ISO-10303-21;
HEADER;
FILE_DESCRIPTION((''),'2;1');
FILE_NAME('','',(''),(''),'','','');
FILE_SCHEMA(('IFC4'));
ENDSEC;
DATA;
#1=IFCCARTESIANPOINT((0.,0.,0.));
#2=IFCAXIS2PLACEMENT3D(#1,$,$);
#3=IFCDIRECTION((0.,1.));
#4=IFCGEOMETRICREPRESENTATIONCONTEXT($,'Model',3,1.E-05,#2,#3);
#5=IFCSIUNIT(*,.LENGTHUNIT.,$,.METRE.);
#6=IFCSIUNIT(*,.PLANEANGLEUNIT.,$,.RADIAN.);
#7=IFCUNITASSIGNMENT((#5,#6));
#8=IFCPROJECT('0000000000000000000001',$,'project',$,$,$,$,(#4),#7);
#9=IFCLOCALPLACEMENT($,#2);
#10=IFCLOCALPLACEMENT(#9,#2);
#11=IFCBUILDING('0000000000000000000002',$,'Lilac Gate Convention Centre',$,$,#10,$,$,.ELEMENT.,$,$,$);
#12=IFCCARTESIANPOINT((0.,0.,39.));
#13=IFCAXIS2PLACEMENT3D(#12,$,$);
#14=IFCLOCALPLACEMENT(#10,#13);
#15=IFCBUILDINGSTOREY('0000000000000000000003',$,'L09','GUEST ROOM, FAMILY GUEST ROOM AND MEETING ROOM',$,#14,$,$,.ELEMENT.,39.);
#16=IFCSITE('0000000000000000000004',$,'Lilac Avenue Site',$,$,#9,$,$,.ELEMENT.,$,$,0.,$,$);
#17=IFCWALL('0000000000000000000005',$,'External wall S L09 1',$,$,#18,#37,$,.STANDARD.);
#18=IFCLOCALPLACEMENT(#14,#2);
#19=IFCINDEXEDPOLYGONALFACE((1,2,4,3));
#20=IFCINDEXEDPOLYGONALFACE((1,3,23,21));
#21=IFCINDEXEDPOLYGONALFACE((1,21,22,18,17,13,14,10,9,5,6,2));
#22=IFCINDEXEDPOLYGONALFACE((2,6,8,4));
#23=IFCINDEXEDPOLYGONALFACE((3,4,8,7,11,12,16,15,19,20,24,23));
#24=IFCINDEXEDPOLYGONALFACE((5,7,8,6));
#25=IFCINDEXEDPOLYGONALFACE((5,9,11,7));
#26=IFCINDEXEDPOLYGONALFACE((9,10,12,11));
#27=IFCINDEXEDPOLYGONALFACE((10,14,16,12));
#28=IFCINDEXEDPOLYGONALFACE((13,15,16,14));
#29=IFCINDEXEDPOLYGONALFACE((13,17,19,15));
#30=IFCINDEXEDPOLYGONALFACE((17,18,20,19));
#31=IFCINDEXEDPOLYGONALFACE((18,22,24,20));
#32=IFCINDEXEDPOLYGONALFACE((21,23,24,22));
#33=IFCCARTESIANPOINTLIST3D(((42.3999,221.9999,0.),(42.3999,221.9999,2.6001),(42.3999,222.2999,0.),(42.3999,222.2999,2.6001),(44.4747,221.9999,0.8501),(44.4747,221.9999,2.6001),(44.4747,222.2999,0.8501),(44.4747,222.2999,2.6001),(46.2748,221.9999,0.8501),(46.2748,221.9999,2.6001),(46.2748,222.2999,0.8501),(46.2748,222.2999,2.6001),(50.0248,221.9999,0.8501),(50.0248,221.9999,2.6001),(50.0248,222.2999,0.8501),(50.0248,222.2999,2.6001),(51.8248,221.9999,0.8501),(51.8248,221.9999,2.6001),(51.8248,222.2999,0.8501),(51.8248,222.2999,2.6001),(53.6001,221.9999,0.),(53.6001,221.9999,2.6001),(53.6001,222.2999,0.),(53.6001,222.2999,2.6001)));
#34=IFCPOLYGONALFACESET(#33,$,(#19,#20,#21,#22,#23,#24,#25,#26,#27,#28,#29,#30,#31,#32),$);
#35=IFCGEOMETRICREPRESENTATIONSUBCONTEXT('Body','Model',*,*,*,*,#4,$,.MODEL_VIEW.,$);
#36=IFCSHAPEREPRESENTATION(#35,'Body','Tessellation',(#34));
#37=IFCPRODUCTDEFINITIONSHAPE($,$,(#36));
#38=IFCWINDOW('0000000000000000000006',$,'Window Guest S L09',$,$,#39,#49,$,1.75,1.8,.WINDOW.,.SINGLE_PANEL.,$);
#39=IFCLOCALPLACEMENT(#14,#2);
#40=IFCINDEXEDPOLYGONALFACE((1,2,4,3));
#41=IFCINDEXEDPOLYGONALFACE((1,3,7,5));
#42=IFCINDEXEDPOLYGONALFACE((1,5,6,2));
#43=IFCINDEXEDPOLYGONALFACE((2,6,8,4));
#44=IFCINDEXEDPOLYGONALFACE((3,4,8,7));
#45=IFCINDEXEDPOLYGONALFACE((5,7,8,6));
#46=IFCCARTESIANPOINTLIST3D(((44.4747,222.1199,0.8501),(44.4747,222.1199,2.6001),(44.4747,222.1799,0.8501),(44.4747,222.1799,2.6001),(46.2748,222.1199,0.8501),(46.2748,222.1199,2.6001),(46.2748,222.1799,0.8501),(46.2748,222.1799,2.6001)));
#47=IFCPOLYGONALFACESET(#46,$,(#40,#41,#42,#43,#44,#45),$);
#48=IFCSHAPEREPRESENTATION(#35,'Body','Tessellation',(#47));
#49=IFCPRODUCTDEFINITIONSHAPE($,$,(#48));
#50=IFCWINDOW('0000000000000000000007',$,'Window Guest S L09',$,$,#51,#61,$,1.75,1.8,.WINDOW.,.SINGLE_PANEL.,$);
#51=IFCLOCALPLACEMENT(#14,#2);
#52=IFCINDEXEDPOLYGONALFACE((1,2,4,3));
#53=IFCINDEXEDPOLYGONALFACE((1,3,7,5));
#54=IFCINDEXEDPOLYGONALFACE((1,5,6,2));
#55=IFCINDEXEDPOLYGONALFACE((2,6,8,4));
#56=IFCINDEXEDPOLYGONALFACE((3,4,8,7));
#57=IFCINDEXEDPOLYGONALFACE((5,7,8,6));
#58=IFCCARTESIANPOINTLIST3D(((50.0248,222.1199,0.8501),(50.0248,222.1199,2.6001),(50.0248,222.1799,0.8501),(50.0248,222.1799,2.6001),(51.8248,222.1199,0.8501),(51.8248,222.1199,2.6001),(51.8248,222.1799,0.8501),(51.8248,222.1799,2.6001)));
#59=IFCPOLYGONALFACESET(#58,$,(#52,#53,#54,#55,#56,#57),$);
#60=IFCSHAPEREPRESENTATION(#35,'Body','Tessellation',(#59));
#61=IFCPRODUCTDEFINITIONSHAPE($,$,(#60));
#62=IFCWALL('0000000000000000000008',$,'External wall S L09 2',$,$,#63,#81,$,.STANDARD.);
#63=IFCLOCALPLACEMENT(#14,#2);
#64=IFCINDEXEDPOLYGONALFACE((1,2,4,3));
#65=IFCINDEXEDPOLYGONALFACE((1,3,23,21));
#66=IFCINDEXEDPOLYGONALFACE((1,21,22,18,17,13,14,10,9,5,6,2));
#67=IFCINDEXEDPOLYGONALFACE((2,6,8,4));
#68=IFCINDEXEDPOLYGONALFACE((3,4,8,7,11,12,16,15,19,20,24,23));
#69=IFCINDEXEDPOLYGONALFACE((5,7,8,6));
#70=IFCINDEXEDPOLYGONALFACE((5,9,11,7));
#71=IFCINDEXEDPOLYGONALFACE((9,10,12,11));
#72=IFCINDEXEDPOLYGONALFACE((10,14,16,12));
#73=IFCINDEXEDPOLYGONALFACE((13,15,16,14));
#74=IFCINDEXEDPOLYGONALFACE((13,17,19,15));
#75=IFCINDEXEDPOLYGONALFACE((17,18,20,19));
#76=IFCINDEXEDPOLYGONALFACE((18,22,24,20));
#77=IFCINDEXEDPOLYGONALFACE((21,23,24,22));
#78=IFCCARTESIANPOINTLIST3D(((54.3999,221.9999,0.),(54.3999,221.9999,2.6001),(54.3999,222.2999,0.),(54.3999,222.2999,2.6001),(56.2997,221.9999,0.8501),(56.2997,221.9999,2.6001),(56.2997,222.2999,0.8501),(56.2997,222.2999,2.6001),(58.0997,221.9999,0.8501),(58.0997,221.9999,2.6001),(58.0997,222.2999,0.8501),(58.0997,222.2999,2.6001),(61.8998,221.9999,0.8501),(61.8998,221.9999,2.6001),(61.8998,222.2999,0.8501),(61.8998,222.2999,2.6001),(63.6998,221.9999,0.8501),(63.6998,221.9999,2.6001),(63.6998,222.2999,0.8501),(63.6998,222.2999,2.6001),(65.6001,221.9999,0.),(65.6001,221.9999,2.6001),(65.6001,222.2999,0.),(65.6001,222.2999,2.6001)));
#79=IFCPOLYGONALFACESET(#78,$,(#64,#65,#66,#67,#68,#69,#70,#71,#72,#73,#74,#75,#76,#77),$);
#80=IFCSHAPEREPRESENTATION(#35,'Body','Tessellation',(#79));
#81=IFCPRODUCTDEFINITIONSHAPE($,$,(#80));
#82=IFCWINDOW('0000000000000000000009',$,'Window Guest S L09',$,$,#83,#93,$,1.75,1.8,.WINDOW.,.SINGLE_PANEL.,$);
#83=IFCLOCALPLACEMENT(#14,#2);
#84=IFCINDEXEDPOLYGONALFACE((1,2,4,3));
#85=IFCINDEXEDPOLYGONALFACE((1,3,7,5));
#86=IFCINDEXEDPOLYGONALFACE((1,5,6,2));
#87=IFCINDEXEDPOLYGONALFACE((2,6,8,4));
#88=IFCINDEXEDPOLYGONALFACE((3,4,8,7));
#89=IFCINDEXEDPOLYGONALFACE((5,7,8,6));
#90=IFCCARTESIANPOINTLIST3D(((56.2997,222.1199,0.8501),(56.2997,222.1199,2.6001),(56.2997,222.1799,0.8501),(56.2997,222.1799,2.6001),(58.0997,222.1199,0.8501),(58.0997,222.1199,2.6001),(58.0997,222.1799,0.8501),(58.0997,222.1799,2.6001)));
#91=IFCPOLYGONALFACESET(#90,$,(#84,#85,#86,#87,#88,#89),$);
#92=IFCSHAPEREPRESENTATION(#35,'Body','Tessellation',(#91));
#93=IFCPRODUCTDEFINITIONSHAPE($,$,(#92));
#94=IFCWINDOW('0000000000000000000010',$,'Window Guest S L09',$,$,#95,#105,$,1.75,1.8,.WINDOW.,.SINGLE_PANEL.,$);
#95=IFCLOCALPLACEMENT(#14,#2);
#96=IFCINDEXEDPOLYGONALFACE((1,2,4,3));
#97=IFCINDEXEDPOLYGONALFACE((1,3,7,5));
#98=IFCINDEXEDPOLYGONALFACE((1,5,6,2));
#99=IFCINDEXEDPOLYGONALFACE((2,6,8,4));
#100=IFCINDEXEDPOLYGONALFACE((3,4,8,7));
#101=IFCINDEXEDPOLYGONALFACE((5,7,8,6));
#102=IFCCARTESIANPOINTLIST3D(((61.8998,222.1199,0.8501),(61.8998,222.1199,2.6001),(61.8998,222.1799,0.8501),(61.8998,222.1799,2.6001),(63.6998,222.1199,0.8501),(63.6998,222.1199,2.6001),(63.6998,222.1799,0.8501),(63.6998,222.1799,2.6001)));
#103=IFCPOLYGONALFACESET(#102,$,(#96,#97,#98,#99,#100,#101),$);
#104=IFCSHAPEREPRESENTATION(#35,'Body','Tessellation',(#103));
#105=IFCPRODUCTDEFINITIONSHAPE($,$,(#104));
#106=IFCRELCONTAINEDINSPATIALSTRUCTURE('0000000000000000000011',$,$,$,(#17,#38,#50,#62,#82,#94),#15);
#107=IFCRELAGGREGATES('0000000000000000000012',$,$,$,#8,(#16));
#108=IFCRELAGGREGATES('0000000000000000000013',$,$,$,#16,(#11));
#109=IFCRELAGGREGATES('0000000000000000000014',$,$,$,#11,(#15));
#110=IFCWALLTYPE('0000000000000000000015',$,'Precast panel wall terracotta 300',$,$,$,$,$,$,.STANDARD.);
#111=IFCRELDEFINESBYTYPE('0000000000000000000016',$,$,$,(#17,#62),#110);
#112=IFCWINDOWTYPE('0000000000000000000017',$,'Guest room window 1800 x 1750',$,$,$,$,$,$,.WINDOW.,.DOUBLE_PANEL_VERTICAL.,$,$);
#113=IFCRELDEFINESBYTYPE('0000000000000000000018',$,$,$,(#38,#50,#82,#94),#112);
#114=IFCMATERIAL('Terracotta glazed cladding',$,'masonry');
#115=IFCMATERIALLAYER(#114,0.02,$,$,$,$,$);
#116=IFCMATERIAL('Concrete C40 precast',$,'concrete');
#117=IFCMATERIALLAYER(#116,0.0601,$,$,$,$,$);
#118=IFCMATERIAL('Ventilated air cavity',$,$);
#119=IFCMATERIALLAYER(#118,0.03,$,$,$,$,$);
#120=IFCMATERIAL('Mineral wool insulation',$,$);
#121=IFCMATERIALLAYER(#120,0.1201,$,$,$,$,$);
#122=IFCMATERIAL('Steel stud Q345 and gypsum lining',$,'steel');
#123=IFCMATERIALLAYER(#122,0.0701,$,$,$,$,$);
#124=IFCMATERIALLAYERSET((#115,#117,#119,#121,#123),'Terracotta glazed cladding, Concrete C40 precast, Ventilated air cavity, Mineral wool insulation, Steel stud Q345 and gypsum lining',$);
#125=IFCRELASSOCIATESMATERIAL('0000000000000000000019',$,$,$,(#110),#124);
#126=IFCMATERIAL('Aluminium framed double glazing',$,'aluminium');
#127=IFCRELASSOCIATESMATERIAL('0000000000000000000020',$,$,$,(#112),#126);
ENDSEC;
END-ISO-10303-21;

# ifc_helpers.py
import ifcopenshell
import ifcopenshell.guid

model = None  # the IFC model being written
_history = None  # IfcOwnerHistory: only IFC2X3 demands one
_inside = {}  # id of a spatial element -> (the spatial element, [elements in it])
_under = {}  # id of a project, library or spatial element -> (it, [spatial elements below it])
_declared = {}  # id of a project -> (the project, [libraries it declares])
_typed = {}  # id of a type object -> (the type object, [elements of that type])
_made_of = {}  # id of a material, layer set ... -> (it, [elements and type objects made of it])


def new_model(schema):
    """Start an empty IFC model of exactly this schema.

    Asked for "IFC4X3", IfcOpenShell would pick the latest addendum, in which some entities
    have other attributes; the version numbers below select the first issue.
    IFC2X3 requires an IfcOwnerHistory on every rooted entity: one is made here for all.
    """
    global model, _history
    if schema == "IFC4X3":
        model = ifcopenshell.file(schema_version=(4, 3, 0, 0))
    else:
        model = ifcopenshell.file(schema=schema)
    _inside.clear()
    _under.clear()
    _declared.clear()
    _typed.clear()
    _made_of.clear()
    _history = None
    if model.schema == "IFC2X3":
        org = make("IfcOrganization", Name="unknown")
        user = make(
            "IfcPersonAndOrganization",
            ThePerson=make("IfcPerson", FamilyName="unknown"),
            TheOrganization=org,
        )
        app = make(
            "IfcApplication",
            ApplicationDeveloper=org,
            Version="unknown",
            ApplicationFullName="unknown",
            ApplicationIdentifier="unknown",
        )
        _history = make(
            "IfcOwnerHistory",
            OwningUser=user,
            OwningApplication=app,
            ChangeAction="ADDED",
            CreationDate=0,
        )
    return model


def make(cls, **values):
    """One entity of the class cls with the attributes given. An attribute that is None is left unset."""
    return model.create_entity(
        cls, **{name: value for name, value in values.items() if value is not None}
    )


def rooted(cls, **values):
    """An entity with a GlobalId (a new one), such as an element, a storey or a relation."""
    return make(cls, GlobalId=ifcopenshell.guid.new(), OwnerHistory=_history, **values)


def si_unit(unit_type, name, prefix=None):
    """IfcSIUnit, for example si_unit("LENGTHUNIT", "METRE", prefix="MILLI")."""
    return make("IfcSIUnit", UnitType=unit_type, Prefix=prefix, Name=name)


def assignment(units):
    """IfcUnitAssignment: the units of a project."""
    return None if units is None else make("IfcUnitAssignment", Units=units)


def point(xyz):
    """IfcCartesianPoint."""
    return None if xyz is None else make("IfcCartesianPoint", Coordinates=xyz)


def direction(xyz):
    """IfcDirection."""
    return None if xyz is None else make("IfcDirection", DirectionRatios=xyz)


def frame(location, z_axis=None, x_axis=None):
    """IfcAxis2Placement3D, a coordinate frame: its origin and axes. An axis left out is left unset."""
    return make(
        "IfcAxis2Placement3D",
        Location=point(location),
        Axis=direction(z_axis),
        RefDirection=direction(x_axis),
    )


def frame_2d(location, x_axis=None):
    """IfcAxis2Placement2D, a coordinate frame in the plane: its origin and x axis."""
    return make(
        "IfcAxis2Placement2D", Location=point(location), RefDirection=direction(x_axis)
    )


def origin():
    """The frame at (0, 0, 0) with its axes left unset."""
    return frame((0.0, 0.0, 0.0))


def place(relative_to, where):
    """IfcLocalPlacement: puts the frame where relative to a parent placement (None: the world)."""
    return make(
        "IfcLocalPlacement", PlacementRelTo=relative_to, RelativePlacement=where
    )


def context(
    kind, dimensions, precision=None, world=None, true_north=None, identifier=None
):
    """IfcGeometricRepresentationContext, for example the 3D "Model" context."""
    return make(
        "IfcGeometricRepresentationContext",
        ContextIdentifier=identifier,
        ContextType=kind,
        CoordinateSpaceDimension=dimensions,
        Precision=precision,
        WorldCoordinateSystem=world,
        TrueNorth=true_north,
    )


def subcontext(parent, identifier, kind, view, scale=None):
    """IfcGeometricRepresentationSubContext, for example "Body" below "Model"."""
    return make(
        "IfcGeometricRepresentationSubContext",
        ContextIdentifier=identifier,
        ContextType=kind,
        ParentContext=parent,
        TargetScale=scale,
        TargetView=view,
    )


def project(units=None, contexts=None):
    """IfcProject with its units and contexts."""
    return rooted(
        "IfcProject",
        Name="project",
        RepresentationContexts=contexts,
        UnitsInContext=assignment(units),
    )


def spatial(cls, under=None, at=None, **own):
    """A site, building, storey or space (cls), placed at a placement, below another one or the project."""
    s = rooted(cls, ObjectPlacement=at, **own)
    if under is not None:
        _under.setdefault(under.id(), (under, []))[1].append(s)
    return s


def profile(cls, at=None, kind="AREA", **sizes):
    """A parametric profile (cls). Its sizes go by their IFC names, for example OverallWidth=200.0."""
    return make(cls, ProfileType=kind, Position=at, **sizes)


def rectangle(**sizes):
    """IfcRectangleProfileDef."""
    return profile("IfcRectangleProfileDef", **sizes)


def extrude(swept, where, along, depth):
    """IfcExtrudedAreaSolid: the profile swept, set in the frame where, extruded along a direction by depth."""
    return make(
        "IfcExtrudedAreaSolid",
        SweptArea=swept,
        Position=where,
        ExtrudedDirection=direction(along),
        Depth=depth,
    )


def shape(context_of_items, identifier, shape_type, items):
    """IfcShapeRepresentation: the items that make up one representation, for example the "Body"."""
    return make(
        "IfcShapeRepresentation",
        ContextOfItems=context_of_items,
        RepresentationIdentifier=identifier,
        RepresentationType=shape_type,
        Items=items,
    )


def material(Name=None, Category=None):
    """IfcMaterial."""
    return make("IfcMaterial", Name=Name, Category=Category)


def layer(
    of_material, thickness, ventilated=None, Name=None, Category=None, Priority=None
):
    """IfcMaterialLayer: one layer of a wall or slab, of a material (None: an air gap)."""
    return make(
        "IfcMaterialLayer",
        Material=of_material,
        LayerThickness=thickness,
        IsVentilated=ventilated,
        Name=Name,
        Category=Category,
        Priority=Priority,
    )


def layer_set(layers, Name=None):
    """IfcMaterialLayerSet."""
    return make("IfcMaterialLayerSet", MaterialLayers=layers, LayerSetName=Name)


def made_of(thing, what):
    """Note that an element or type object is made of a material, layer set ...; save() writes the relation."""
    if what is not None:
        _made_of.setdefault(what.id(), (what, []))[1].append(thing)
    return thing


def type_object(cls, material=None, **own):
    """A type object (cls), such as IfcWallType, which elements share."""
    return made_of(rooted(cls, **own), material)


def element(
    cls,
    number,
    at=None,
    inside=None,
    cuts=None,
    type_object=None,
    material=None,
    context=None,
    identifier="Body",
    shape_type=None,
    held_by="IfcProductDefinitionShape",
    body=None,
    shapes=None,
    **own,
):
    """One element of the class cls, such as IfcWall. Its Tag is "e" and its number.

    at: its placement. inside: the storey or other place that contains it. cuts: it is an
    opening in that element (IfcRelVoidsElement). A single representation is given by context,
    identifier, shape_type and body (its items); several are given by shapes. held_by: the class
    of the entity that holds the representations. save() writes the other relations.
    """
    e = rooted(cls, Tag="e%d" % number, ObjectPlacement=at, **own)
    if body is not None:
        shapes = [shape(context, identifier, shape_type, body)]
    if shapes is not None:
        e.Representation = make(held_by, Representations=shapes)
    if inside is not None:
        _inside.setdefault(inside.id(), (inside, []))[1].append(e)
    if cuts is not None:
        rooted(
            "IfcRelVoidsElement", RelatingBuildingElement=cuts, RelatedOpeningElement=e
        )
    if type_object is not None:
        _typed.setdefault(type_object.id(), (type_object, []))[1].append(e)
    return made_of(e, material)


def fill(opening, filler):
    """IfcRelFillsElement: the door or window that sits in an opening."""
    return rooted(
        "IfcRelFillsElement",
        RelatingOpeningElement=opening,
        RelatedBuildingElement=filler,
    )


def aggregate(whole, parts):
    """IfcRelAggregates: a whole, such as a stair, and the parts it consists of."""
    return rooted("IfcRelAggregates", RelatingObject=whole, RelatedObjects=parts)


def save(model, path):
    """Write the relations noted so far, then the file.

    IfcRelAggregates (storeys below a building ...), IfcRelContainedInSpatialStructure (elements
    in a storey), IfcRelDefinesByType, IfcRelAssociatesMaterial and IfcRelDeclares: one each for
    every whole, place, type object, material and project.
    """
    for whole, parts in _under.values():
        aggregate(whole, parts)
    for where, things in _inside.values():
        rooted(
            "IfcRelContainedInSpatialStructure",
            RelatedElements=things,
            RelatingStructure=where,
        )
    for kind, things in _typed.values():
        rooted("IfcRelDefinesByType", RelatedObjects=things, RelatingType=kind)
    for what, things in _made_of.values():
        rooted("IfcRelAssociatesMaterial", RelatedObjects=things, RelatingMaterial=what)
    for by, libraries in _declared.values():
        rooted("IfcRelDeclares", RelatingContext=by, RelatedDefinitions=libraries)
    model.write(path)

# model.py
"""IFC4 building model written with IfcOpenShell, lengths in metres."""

from ifc_helpers import new_model, si_unit, direction, frame, frame_2d, origin, place, context, subcontext, project, spatial, rectangle, extrude, material, layer, layer_set, type_object, element, fill, save


model = new_model("IFC4")

# Units and contexts
model_context = context("Model", 3, precision=1e-05, world=origin(), true_north=direction((0.0, 1.0)))
body_context = subcontext(model_context, "Body", "Model", "MODEL_VIEW")
ifc_project = project(units=[si_unit("LENGTHUNIT", "METRE"), si_unit("PLANEANGLEUNIT", "RADIAN")], contexts=[model_context])

# Site, building, storey
site_placement = place(None, origin())
site = spatial("IfcSite", under=ifc_project, at=site_placement, Name="Lilac Avenue Site", CompositionType="ELEMENT", RefElevation=0.0)
building_placement = place(site_placement, origin())
building = spatial("IfcBuilding", under=site, at=building_placement, Name="Lilac Gate Convention Centre", CompositionType="ELEMENT")
storey_placement = place(building_placement, frame((0.0, 0.0, 39.0)))
storey = spatial("IfcBuildingStorey", under=building, at=storey_placement, Name="L09", Description="GUEST ROOM, FAMILY GUEST ROOM AND MEETING ROOM", CompositionType="ELEMENT", Elevation=39.0)

# Shared definitions
ifc_material_1 = material(Name="Concrete C40 precast", Category="concrete")
ifc_material_2 = material(Name="Terracotta glazed cladding", Category="masonry")

# Walls, openings, windows
ifc_layer_1 = layer(ifc_material_2, 0.02)
ifc_layer_2 = layer(ifc_material_1, 0.0601)
ifc_material_3 = material(Name="Ventilated air cavity")
ifc_layer_3 = layer(ifc_material_3, 0.03)
ifc_material_4 = material(Name="Mineral wool insulation")
ifc_layer_4 = layer(ifc_material_4, 0.1201)
ifc_material_5 = material(Name="Steel stud Q345 and gypsum lining", Category="steel")
ifc_layer_5 = layer(ifc_material_5, 0.0701)
ifc_layer_set_1 = layer_set([ifc_layer_1, ifc_layer_2, ifc_layer_3, ifc_layer_4, ifc_layer_5], Name="Terracotta glazed cladding, Concrete C40 precast, Ventilated air cavity, Mineral wool insulation, Steel stud Q345 and gypsum lining")
wall_type_1 = type_object("IfcWallType", Name="Precast panel wall terracotta 300", PredefinedType="STANDARD", material=ifc_layer_set_1)
wall_1_placement = place(storey_placement, frame((42.3999, 222.1499, 0.0), z_axis=(0.0, 0.0, 1.0), x_axis=(1.0, 0.0, 0.0)))
wall_1 = element("IfcWall", 1, at=wall_1_placement, inside=storey, type_object=wall_type_1, Name="External wall S L09 1", PredefinedType="STANDARD", context=body_context, shape_type="SweptSolid", body=[
    extrude(rectangle(XDim=11.2002, YDim=0.3, at=frame_2d((5.6001, 0.0))), origin(), (0.0, 0.0, 1.0), 2.6001),
])
opening_1_placement = place(wall_1_placement, frame((2.075, 0.0, 0.8501)))
opening_1 = element("IfcOpeningElement", 2, at=opening_1_placement, cuts=wall_1, PredefinedType="OPENING", context=body_context, shape_type="SweptSolid", body=[
    extrude(rectangle(XDim=1.8, YDim=1.75, at=frame_2d((0.8999, 0.875))), frame((0.0, 0.1599, 0.0), z_axis=(0.0, -1.0, 0.0), x_axis=(1.0, 0.0, 0.0)), (0.0, 0.0, 1.0), 0.3201),
])
opening_2_placement = place(wall_1_placement, frame((7.625, 0.0, 0.8501)))
opening_2 = element("IfcOpeningElement", 3, at=opening_2_placement, cuts=wall_1, PredefinedType="OPENING", context=body_context, shape_type="SweptSolid", body=[
    extrude(rectangle(XDim=1.8, YDim=1.75, at=frame_2d((0.8999, 0.875))), frame((0.0, 0.1599, 0.0), z_axis=(0.0, -1.0, 0.0), x_axis=(1.0, 0.0, 0.0)), (0.0, 0.0, 1.0), 0.3201),
])
ifc_material_6 = material(Name="Aluminium framed double glazing", Category="aluminium")
window_type = type_object("IfcWindowType", Name="Guest room window 1800 x 1750", PartitioningType="DOUBLE_PANEL_VERTICAL", PredefinedType="WINDOW", material=ifc_material_6)
window_1_placement = place(opening_1_placement, origin())
window_1 = element("IfcWindow", 4, at=window_1_placement, inside=storey, type_object=window_type, Name="Window Guest S L09", OverallHeight=1.75, OverallWidth=1.8, PartitioningType="SINGLE_PANEL", PredefinedType="WINDOW", context=body_context, shape_type="SweptSolid", body=[
    extrude(rectangle(XDim=1.8, YDim=1.75, at=frame_2d((0.8999, 0.875))), frame((0.0, 0.03, 0.0), z_axis=(0.0, -1.0, 0.0), x_axis=(1.0, 0.0, 0.0)), (0.0, 0.0, 1.0), 0.0601),
])
fill(opening_1, window_1)
window_2_placement = place(opening_2_placement, origin())
window_2 = element("IfcWindow", 5, at=window_2_placement, inside=storey, type_object=window_type, Name="Window Guest S L09", OverallHeight=1.75, OverallWidth=1.8, PartitioningType="SINGLE_PANEL", PredefinedType="WINDOW", context=body_context, shape_type="SweptSolid", body=[
    extrude(rectangle(XDim=1.8, YDim=1.75, at=frame_2d((0.8999, 0.875))), frame((0.0, 0.03, 0.0), z_axis=(0.0, -1.0, 0.0), x_axis=(1.0, 0.0, 0.0)), (0.0, 0.0, 1.0), 0.0601),
])
fill(opening_2, window_2)
wall_2_placement = place(storey_placement, frame((54.3999, 222.1499, 0.0), z_axis=(0.0, 0.0, 1.0), x_axis=(1.0, 0.0, 0.0)))
wall_2 = element("IfcWall", 6, at=wall_2_placement, inside=storey, type_object=wall_type_1, Name="External wall S L09 2", PredefinedType="STANDARD", context=body_context, shape_type="SweptSolid", body=[
    extrude(rectangle(XDim=11.2002, YDim=0.3, at=frame_2d((5.6001, 0.0))), origin(), (0.0, 0.0, 1.0), 2.6001),
])
opening_3_placement = place(wall_2_placement, frame((1.8999, 0.0, 0.8501)))
opening_3 = element("IfcOpeningElement", 7, at=opening_3_placement, cuts=wall_2, PredefinedType="OPENING", context=body_context, shape_type="SweptSolid", body=[
    extrude(rectangle(XDim=1.8, YDim=1.75, at=frame_2d((0.8999, 0.875))), frame((0.0, 0.1599, 0.0), z_axis=(0.0, -1.0, 0.0), x_axis=(1.0, 0.0, 0.0)), (0.0, 0.0, 1.0), 0.3201),
])
opening_4_placement = place(wall_2_placement, frame((7.5, 0.0, 0.8501)))
opening_4 = element("IfcOpeningElement", 8, at=opening_4_placement, cuts=wall_2, PredefinedType="OPENING", context=body_context, shape_type="SweptSolid", body=[
    extrude(rectangle(XDim=1.8, YDim=1.75, at=frame_2d((0.8999, 0.875))), frame((0.0, 0.1599, 0.0), z_axis=(0.0, -1.0, 0.0), x_axis=(1.0, 0.0, 0.0)), (0.0, 0.0, 1.0), 0.3201),
])
window_3_placement = place(opening_3_placement, origin())
window_3 = element("IfcWindow", 9, at=window_3_placement, inside=storey, type_object=window_type, Name="Window Guest S L09", OverallHeight=1.75, OverallWidth=1.8, PartitioningType="SINGLE_PANEL", PredefinedType="WINDOW", context=body_context, shape_type="SweptSolid", body=[
    extrude(rectangle(XDim=1.8, YDim=1.75, at=frame_2d((0.8999, 0.875))), frame((0.0, 0.03, 0.0), z_axis=(0.0, -1.0, 0.0), x_axis=(1.0, 0.0, 0.0)), (0.0, 0.0, 1.0), 0.0601),
])
fill(opening_3, window_3)
window_4_placement = place(opening_4_placement, origin())
window_4 = element("IfcWindow", 10, at=window_4_placement, inside=storey, type_object=window_type, Name="Window Guest S L09", OverallHeight=1.75, OverallWidth=1.8, PartitioningType="SINGLE_PANEL", PredefinedType="WINDOW", context=body_context, shape_type="SweptSolid", body=[
    extrude(rectangle(XDim=1.8, YDim=1.75, at=frame_2d((0.8999, 0.875))), frame((0.0, 0.03, 0.0), z_axis=(0.0, -1.0, 0.0), x_axis=(1.0, 0.0, 0.0)), (0.0, 0.0, 1.0), 0.0601),
])
fill(opening_4, window_4)

save(model, "model.ifc")
